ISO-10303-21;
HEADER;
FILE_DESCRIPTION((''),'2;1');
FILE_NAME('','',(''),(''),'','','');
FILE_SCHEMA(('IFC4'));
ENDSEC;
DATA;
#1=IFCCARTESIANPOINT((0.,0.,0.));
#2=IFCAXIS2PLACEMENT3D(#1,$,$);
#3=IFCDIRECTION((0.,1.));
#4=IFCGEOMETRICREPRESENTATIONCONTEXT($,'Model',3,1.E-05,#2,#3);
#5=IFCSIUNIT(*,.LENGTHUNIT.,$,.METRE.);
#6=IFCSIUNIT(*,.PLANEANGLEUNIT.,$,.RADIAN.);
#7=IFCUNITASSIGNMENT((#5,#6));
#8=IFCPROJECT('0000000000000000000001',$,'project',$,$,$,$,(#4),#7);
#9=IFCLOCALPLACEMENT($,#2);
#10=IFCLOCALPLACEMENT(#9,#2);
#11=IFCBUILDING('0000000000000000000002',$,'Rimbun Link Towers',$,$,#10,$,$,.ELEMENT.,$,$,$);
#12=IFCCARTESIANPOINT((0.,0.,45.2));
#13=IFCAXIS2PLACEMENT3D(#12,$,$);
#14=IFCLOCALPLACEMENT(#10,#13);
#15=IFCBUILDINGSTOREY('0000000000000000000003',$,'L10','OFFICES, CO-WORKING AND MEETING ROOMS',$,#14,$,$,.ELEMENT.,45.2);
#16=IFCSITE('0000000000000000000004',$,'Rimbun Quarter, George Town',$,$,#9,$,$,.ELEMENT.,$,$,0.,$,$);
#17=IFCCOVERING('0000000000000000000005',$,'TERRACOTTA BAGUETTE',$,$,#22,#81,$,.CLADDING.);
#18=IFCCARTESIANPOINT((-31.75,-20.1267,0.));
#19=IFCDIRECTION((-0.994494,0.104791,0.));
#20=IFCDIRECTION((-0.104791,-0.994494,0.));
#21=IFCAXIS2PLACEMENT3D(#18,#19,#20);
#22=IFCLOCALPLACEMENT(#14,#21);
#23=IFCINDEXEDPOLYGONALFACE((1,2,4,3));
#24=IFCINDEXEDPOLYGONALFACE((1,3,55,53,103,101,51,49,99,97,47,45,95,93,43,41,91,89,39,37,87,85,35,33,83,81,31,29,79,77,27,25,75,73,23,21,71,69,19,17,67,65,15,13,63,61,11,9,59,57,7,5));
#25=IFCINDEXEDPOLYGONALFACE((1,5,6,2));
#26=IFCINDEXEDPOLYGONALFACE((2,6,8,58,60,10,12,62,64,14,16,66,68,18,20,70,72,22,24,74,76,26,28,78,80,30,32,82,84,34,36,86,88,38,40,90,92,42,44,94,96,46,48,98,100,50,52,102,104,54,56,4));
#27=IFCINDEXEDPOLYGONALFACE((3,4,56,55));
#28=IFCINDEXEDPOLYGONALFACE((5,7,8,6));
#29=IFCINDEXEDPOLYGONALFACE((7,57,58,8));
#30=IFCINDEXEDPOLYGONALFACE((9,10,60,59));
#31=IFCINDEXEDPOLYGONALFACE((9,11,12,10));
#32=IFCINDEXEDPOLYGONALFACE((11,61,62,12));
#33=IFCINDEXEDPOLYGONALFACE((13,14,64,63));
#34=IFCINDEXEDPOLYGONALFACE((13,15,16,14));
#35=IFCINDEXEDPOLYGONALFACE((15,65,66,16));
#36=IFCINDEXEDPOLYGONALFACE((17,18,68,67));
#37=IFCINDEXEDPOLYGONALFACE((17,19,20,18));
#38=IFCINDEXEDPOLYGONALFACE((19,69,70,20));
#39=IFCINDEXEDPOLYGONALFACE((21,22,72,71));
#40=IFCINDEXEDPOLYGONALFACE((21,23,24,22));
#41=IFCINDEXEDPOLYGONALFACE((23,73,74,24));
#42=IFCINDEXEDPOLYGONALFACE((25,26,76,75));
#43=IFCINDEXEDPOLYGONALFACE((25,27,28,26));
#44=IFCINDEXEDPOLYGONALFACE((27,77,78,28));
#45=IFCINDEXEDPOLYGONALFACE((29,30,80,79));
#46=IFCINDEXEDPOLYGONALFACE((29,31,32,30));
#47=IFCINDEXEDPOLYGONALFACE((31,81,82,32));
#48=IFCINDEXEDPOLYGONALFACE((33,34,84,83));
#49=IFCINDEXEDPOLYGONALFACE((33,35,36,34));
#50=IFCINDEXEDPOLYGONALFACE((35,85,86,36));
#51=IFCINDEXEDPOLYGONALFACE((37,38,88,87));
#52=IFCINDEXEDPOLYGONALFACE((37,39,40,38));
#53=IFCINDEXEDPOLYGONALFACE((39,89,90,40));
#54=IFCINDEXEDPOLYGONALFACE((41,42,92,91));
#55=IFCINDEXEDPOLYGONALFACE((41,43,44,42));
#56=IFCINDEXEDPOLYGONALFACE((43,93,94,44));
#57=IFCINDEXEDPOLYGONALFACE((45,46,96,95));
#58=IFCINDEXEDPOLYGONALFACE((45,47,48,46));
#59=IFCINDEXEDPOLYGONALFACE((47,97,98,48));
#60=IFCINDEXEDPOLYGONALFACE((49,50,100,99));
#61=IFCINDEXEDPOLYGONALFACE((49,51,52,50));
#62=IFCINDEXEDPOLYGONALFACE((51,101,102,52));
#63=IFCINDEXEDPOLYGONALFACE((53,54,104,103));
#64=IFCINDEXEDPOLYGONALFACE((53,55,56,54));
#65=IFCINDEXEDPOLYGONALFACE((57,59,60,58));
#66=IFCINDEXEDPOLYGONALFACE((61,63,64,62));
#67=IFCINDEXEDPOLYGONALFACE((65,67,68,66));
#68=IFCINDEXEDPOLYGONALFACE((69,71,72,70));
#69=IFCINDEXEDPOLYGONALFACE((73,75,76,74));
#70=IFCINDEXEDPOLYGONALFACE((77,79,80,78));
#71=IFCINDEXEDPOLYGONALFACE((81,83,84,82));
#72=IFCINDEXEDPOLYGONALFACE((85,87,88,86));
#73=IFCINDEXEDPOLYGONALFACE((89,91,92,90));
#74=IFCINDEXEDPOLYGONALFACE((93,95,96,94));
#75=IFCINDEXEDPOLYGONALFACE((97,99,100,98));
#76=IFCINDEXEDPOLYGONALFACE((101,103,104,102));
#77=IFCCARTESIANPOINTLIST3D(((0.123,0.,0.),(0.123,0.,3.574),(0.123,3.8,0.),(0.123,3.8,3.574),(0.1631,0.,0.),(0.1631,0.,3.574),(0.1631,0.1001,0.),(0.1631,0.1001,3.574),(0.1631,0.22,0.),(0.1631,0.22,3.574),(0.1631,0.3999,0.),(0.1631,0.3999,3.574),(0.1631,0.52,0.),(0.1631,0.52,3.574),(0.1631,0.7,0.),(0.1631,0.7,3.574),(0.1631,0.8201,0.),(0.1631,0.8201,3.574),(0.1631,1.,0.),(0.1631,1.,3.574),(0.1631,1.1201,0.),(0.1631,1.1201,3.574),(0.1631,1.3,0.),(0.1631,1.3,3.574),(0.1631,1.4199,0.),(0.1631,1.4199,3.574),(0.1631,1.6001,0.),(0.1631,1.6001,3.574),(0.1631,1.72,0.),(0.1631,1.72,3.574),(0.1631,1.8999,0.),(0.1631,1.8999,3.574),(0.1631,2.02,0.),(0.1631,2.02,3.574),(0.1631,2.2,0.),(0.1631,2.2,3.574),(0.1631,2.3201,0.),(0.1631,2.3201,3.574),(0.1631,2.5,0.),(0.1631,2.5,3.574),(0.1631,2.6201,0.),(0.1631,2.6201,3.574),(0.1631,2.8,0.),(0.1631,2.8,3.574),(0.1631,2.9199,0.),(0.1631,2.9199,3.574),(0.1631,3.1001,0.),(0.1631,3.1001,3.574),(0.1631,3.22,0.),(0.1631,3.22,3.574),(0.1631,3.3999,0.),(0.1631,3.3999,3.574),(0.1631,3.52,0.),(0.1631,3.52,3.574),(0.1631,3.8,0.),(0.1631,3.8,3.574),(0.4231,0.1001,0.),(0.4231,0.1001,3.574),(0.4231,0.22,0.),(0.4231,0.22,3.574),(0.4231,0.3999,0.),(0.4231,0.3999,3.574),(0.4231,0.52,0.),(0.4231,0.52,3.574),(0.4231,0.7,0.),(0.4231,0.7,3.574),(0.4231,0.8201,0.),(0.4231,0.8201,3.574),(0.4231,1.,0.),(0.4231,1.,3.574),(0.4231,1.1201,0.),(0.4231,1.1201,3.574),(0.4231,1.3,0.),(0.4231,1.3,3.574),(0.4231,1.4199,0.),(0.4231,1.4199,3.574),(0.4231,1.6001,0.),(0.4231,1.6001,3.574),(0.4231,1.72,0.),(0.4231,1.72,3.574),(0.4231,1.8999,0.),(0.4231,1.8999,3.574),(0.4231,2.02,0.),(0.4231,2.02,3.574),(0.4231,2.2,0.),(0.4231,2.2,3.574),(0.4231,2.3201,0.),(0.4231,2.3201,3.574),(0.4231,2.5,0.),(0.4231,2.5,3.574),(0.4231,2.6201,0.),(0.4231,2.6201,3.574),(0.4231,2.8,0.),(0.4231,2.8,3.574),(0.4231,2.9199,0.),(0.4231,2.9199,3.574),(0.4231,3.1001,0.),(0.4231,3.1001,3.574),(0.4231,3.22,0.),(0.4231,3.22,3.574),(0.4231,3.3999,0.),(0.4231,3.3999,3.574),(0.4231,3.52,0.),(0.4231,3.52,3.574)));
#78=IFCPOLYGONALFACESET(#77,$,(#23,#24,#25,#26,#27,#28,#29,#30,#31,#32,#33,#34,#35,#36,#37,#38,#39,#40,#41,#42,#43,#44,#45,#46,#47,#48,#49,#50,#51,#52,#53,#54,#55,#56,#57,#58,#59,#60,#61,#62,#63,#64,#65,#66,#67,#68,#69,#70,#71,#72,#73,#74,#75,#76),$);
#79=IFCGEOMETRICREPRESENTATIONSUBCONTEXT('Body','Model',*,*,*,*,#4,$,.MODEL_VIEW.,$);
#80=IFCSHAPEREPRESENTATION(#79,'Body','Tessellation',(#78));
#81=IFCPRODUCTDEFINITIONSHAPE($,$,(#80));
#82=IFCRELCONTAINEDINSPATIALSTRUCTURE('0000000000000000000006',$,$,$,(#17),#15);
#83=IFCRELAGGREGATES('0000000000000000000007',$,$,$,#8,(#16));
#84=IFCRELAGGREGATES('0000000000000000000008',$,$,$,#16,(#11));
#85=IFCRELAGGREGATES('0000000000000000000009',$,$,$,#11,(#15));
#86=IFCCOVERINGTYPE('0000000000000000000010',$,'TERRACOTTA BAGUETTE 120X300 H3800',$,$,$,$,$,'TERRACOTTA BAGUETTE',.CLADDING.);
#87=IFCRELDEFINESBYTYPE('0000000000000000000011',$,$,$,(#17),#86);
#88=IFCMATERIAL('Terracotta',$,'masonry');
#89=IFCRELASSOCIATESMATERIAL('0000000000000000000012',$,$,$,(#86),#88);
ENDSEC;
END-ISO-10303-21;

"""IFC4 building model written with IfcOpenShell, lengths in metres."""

from ifc_helpers import new_model, si_unit, direction, frame, origin, place, context, subcontext, project, spatial, polyline, outline, extrude, material, material_profile, profile_set, type_object, element, save


model = new_model("IFC4")

# Units and contexts
model_context = context("Model", 3, precision=1e-05, world=origin(), true_north=direction((0.0, 1.0)))
body_context = subcontext(model_context, "Body", "Model", "MODEL_VIEW")
ifc_project = project(units=[si_unit("LENGTHUNIT", "METRE"), si_unit("PLANEANGLEUNIT", "RADIAN")], contexts=[model_context])

# Site, building, storey
site_placement = place(None, origin())
site = spatial("IfcSite", under=ifc_project, at=site_placement, Name="Rimbun Quarter, George Town", CompositionType="ELEMENT", RefElevation=0.0)
building_placement = place(site_placement, origin())
building = spatial("IfcBuilding", under=site, at=building_placement, Name="Rimbun Link Towers", CompositionType="ELEMENT")
storey_placement = place(building_placement, frame((0.0, 0.0, 45.2)))
storey = spatial("IfcBuildingStorey", under=building, at=storey_placement, Name="L10", Description="OFFICES, CO-WORKING AND MEETING ROOMS", CompositionType="ELEMENT", Elevation=45.2)

# Covering
ifc_material_1 = material(Name="Terracotta", Category="masonry")
ifc_material_profile_1 = material_profile(ifc_material_1, outline(polyline([(0.123, 0.0), (0.1631, 0.0), (0.1631, 0.1001), (0.4231, 0.1001), (0.4231, 0.22), (0.1631, 0.22), (0.1631, 0.3999), (0.4231, 0.3999), (0.4231, 0.52), (0.1631, 0.52), (0.1631, 0.7), (0.4231, 0.7), (0.4231, 0.8201), (0.1631, 0.8201), (0.1631, 1.0), (0.4231, 1.0), (0.4231, 1.1201), (0.1631, 1.1201), (0.1631, 1.3), (0.4231, 1.3), (0.4231, 1.4199), (0.1631, 1.4199), (0.1631, 1.6001), (0.4231, 1.6001), (0.4231, 1.72), (0.1631, 1.72), (0.1631, 1.8999), (0.4231, 1.8999), (0.4231, 2.02), (0.1631, 2.02), (0.1631, 2.2), (0.4231, 2.2), (0.4231, 2.3201), (0.1631, 2.3201), (0.1631, 2.5), (0.4231, 2.5), (0.4231, 2.6201), (0.1631, 2.6201), (0.1631, 2.8), (0.4231, 2.8), (0.4231, 2.9199), (0.1631, 2.9199), (0.1631, 3.1001), (0.4231, 3.1001), (0.4231, 3.22), (0.1631, 3.22), (0.1631, 3.3999), (0.4231, 3.3999), (0.4231, 3.52), (0.1631, 3.52), (0.1631, 3.8), (0.123, 3.8), (0.123, 0.0)])), Name="BAGUETTE 120X300")
ifc_profile_set_1 = profile_set([ifc_material_profile_1], Name="Terracotta")
covering_type = type_object("IfcCoveringType", Name="TERRACOTTA BAGUETTE 120X300 H3800", ElementType="TERRACOTTA BAGUETTE", PredefinedType="CLADDING", material=ifc_profile_set_1)
covering_1_placement = place(storey_placement, frame((-31.75, -20.1267, 0.0), z_axis=(-0.994494, 0.104791, 0.0), x_axis=(-0.104791, -0.994494, 0.0)))
element("IfcCovering", 1, at=covering_1_placement, inside=storey, type_object=covering_type, Name="TERRACOTTA BAGUETTE", PredefinedType="CLADDING", context=body_context, shape_type="SweptSolid", body=[
    extrude(outline(polyline([(0.123, 0.0), (0.1631, 0.0), (0.1631, 0.1001), (0.4231, 0.1001), (0.4231, 0.22), (0.1631, 0.22), (0.1631, 0.3999), (0.4231, 0.3999), (0.4231, 0.52), (0.1631, 0.52), (0.1631, 0.7), (0.4231, 0.7), (0.4231, 0.8201), (0.1631, 0.8201), (0.1631, 1.0), (0.4231, 1.0), (0.4231, 1.1201), (0.1631, 1.1201), (0.1631, 1.3), (0.4231, 1.3), (0.4231, 1.4199), (0.1631, 1.4199), (0.1631, 1.6001), (0.4231, 1.6001), (0.4231, 1.72), (0.1631, 1.72), (0.1631, 1.8999), (0.4231, 1.8999), (0.4231, 2.02), (0.1631, 2.02), (0.1631, 2.2), (0.4231, 2.2), (0.4231, 2.3201), (0.1631, 2.3201), (0.1631, 2.5), (0.4231, 2.5), (0.4231, 2.6201), (0.1631, 2.6201), (0.1631, 2.8), (0.4231, 2.8), (0.4231, 2.9199), (0.1631, 2.9199), (0.1631, 3.1001), (0.4231, 3.1001), (0.4231, 3.22), (0.1631, 3.22), (0.1631, 3.3999), (0.4231, 3.3999), (0.4231, 3.52), (0.1631, 3.52), (0.1631, 3.8), (0.123, 3.8), (0.123, 0.0)])), origin(), (0.0, 0.0, 1.0), 3.574),
])

save(model, "model.ifc")
